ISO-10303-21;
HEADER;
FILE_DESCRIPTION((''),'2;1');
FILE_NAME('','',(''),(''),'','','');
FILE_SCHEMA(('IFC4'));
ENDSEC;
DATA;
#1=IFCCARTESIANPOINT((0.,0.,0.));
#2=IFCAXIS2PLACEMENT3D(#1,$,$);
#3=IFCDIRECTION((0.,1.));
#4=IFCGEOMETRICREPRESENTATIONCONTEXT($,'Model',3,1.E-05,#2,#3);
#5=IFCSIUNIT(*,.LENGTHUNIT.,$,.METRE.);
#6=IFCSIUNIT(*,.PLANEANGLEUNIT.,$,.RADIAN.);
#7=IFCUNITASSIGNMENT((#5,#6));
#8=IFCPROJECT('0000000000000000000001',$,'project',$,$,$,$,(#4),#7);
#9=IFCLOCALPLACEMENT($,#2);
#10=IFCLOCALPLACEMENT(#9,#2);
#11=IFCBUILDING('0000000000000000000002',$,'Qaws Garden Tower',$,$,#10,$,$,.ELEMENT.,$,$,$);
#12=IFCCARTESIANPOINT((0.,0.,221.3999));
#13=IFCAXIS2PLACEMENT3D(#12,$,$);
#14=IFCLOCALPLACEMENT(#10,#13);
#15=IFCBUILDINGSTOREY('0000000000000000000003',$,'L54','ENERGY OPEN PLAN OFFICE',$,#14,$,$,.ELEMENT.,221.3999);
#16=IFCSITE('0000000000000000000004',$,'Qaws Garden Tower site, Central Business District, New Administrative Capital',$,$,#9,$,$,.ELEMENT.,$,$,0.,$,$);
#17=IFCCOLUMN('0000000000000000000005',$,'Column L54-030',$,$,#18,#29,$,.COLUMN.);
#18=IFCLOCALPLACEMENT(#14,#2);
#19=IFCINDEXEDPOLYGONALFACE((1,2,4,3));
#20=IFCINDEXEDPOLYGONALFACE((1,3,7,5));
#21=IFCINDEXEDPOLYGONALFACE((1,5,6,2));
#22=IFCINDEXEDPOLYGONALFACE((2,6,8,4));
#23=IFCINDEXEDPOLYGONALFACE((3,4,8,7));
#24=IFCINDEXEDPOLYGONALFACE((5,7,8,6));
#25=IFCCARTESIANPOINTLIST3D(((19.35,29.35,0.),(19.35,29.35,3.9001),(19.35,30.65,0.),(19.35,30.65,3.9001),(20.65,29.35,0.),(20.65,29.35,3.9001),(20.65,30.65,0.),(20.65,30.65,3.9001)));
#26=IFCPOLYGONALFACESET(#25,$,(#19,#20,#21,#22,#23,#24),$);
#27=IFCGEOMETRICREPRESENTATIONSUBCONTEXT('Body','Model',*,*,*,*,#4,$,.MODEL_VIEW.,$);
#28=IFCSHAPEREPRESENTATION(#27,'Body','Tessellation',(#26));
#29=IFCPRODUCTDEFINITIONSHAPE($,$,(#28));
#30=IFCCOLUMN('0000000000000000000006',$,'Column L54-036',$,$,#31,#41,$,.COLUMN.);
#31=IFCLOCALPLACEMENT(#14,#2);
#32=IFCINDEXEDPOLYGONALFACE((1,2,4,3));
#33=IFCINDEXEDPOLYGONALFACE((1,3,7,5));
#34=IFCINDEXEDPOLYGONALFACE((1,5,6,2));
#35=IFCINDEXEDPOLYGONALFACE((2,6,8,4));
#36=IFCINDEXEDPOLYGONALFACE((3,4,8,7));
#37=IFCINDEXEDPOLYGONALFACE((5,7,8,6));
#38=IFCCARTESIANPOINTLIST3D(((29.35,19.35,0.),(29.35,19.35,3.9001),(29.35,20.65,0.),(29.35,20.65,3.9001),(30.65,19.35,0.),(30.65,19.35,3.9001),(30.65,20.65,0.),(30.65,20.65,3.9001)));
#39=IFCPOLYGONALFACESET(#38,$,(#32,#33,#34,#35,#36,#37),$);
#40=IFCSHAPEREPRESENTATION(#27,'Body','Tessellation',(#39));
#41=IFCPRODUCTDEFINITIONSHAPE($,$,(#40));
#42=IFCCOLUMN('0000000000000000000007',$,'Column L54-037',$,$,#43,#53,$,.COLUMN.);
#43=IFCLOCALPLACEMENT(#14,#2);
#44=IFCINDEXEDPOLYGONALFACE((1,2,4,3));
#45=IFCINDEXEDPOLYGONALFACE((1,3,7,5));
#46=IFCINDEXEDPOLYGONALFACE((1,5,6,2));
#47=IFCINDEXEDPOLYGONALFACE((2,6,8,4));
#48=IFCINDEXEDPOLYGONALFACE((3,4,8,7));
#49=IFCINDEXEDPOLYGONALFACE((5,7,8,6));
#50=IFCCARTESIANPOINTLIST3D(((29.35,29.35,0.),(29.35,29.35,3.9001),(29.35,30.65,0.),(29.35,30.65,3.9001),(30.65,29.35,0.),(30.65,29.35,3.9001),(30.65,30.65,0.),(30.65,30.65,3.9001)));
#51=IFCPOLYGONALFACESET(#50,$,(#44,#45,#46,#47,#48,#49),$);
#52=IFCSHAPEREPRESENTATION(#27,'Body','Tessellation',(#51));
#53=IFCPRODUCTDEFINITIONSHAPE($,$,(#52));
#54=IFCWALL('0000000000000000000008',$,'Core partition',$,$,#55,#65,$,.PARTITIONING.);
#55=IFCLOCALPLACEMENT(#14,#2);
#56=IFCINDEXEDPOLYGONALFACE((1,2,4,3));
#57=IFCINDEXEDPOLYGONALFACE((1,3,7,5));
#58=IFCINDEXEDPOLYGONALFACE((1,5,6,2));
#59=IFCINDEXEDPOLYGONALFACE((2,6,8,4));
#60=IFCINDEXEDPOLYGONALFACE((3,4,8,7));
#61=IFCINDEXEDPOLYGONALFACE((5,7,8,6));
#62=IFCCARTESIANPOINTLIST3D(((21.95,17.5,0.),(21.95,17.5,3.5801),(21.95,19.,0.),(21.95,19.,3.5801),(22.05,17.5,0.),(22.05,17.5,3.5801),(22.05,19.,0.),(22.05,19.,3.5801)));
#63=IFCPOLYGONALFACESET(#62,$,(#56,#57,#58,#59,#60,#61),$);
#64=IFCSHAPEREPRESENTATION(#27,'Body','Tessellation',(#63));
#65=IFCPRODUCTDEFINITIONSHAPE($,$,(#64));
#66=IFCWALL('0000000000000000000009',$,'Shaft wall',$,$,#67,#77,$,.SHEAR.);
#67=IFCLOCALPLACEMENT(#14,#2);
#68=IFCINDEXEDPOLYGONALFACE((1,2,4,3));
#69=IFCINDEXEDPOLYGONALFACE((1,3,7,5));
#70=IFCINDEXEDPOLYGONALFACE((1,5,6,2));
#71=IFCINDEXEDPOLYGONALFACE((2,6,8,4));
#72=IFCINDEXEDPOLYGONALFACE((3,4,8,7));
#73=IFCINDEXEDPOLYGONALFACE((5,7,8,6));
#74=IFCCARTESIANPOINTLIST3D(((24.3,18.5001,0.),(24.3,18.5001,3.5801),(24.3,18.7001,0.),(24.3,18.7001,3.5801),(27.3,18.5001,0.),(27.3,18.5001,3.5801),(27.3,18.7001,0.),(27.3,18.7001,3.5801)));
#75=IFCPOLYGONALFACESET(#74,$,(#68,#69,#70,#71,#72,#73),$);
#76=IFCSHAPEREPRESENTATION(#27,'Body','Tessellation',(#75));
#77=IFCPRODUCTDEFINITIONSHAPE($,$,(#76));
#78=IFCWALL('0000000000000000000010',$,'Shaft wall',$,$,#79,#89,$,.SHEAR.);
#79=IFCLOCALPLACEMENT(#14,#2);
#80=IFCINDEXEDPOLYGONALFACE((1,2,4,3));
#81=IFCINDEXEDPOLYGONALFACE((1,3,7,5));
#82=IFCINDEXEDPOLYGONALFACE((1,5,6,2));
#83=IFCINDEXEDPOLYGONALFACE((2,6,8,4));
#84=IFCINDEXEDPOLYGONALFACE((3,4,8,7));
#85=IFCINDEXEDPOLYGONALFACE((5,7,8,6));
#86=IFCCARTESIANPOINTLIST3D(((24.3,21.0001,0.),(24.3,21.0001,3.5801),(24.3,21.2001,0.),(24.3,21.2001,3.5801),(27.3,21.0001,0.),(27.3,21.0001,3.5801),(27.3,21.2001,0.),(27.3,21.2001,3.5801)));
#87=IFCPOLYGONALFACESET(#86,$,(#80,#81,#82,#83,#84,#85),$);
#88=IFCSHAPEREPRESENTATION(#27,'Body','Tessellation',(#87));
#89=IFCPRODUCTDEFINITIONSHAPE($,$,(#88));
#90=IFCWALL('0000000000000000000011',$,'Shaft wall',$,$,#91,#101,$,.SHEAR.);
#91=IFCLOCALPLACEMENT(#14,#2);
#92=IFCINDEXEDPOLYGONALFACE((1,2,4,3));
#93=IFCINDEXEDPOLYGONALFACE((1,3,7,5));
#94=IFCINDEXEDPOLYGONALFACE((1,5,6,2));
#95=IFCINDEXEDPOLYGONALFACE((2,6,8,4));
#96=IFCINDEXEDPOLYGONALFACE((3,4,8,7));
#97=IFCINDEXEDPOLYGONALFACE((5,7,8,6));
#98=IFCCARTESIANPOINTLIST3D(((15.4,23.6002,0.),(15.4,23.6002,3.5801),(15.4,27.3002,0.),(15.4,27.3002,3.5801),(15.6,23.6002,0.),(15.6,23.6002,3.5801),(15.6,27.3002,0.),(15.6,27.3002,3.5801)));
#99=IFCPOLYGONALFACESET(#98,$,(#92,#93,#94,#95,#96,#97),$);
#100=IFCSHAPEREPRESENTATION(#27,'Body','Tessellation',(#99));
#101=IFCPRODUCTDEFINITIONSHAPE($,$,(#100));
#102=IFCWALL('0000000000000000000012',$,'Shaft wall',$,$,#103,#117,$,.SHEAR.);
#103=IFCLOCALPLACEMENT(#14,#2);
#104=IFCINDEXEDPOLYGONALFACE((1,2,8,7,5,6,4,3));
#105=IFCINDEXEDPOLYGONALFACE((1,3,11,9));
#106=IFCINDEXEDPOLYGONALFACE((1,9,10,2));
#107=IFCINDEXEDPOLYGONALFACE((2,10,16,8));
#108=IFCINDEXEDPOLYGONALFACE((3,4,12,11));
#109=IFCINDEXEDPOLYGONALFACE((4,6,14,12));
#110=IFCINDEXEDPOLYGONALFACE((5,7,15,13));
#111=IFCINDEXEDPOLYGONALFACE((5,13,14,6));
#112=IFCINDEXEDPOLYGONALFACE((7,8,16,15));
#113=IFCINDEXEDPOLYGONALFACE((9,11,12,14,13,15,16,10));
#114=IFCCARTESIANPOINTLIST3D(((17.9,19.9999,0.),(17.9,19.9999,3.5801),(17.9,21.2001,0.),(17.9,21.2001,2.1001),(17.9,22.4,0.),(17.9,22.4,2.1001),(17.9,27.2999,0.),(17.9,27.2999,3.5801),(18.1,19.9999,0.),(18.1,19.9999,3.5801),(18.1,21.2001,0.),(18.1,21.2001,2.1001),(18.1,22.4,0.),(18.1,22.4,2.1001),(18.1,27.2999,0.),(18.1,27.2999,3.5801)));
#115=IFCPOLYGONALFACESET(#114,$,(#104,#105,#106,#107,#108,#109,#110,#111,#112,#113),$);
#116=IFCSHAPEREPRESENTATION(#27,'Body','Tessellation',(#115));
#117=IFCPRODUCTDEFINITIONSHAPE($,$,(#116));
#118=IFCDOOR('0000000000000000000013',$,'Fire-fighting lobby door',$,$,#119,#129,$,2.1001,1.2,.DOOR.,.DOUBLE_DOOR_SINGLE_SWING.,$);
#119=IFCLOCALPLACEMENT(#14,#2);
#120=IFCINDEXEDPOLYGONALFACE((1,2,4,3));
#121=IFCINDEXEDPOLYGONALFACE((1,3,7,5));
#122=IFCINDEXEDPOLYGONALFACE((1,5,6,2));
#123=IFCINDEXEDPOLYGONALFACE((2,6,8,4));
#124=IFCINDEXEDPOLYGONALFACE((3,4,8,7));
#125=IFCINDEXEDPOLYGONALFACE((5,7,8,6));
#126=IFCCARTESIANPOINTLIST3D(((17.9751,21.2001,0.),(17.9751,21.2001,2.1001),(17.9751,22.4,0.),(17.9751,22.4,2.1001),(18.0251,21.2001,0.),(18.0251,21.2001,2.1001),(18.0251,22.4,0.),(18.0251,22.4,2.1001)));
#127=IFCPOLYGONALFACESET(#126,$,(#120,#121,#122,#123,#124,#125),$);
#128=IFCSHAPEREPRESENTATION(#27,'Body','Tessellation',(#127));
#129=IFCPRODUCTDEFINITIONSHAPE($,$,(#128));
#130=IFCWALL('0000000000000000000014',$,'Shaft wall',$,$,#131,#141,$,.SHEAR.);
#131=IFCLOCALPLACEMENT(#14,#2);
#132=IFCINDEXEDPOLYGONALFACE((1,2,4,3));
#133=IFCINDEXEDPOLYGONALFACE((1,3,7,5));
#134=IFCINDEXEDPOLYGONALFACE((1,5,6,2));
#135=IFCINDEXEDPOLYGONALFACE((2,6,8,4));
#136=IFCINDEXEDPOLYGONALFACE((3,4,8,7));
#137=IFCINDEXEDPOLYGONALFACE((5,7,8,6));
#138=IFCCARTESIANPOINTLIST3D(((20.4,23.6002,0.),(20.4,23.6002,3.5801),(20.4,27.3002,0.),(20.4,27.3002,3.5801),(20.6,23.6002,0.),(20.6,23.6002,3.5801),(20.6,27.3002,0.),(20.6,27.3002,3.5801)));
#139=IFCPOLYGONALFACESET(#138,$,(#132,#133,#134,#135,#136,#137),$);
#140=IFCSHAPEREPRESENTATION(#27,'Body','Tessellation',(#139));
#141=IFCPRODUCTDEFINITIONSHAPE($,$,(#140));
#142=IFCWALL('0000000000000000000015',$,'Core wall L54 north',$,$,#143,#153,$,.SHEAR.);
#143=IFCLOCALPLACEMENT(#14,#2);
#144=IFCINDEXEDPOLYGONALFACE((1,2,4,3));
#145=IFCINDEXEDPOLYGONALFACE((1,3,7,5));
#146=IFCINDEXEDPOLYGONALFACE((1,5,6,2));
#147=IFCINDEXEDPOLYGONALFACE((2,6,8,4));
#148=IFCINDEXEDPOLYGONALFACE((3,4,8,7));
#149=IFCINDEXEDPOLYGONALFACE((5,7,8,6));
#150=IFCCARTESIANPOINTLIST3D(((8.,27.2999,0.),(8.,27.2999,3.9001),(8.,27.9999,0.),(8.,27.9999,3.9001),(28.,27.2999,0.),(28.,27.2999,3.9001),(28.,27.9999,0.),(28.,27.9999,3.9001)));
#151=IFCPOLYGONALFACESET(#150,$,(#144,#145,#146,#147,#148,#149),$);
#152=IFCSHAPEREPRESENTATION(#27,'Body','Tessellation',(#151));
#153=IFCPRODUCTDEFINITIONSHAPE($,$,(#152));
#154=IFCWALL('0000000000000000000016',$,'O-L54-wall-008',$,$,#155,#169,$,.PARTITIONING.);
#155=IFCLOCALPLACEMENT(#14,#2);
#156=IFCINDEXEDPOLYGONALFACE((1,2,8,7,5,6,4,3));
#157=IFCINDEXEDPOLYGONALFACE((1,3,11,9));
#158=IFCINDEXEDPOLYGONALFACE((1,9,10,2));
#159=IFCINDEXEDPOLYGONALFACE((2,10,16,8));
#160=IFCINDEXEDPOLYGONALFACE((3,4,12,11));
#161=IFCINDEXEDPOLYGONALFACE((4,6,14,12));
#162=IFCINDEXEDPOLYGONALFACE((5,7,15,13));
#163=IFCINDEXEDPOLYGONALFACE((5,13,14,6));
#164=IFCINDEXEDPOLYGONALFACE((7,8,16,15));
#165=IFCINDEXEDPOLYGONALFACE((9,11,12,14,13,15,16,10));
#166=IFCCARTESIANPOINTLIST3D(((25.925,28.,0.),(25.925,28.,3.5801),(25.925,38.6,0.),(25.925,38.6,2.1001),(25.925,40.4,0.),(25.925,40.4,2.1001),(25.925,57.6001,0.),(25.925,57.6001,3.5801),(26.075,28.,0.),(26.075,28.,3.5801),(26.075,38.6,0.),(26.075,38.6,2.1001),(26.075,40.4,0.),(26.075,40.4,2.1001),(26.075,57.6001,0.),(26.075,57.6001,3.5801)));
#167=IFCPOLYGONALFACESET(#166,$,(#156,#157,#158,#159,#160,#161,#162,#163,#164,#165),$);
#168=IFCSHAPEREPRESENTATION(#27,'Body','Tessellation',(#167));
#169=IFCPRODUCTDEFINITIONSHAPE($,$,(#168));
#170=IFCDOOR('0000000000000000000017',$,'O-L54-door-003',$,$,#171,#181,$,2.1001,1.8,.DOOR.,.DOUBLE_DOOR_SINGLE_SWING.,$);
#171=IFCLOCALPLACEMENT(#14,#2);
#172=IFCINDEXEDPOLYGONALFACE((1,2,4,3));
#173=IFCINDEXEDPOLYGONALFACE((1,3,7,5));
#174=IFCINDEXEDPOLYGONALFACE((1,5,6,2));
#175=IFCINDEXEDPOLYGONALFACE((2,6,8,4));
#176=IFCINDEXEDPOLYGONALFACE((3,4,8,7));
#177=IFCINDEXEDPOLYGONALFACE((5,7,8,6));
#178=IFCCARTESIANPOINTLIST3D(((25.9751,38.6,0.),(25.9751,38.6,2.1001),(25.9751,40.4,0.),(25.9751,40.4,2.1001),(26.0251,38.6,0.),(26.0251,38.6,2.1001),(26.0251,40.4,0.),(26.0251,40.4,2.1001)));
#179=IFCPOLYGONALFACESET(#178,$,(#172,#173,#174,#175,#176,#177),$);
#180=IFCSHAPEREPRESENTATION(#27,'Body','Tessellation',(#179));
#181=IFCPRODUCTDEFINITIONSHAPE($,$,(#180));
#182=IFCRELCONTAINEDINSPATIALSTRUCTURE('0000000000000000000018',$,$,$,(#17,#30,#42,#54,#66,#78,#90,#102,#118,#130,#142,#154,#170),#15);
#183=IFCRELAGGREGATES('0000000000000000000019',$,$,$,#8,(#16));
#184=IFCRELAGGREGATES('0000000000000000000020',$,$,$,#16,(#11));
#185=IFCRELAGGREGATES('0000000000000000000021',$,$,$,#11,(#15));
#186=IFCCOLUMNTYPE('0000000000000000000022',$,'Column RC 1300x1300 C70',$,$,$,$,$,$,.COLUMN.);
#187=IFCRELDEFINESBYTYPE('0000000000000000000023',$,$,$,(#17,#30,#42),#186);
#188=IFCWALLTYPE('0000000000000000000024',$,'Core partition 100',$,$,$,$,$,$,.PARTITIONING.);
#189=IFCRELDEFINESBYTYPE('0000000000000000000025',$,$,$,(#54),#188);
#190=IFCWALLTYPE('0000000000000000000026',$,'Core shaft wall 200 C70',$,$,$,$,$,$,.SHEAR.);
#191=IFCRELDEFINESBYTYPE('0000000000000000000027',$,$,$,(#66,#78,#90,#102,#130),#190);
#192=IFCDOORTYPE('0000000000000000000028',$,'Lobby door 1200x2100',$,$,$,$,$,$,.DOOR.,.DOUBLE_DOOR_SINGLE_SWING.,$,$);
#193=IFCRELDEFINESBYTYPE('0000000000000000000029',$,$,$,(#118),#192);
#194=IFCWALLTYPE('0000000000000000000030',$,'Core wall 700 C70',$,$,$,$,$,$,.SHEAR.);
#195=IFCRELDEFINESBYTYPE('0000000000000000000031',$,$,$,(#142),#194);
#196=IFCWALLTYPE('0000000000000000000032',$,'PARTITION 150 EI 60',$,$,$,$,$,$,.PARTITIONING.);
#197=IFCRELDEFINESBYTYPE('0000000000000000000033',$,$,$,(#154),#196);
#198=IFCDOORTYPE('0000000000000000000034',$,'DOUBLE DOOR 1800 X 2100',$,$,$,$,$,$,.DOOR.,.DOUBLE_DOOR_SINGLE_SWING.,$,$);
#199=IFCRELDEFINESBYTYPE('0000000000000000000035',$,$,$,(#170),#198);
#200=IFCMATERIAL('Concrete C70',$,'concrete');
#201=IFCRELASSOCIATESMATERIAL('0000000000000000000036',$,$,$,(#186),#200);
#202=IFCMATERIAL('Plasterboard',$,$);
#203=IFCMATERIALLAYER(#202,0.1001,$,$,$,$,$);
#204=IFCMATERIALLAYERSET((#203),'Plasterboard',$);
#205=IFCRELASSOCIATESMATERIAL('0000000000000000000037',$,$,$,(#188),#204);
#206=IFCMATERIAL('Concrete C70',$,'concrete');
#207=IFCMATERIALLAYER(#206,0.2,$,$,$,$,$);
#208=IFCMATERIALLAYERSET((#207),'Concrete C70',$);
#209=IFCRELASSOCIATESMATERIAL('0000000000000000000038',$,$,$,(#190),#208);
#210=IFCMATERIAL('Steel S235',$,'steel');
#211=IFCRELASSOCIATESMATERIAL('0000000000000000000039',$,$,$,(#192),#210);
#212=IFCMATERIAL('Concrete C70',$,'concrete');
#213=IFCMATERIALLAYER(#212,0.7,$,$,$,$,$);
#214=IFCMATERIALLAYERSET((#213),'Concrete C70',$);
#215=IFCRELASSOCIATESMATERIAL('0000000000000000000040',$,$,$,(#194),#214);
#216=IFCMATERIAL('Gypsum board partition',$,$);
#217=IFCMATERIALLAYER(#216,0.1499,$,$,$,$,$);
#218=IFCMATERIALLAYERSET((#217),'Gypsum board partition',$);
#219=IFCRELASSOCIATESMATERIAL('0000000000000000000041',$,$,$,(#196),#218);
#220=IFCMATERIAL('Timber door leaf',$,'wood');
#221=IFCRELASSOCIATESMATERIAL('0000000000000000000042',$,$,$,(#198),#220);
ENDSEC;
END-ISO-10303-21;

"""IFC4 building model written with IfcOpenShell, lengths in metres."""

from ifc_helpers import new_model, si_unit, direction, frame, frame_2d, origin, origin_2d, place, context, subcontext, project, spatial, rectangle, extrude, material, layer, layer_set, material_profile, profile_set, type_object, element, fill, save


model = new_model("IFC4")

# Units and contexts
model_context = context("Model", 3, precision=1e-05, world=origin(), true_north=direction((0.0, 1.0)))
body_context = subcontext(model_context, "Body", "Model", "MODEL_VIEW")
ifc_project = project(units=[si_unit("LENGTHUNIT", "METRE"), si_unit("PLANEANGLEUNIT", "RADIAN")], contexts=[model_context])

# Site, building, storey
site_placement = place(None, origin())
site = spatial("IfcSite", under=ifc_project, at=site_placement, Name="Qaws Garden Tower site, Central Business District, New Administrative Capital", CompositionType="ELEMENT", RefElevation=0.0)
building_placement = place(site_placement, origin())
building = spatial("IfcBuilding", under=site, at=building_placement, Name="Qaws Garden Tower", CompositionType="ELEMENT")
storey_placement = place(building_placement, frame((0.0, 0.0, 221.3999)))
storey = spatial("IfcBuildingStorey", under=building, at=storey_placement, Name="L54", Description="ENERGY OPEN PLAN OFFICE", CompositionType="ELEMENT", Elevation=221.3999)

# Columns
ifc_material_1 = material(Name="Concrete C70", Category="concrete")
ifc_material_profile = material_profile(ifc_material_1, rectangle(XDim=1.3, YDim=1.3, at=origin_2d()), Name="RC 1300x1300")
ifc_profile_set = profile_set([ifc_material_profile], Name="Concrete C70")
column_type = type_object("IfcColumnType", Name="Column RC 1300x1300 C70", PredefinedType="COLUMN", material=ifc_profile_set)
for number, where, z_axis, x_axis, name in (
    (1, (20.0, 30.0, 0.0), (0.0, 0.0, 1.0), (1.0, 0.0, 0.0), "Column L54-030"),
    (2, (30.0, 20.0, 0.0), (0.0, 0.0, 1.0), (1.0, 0.0, 0.0), "Column L54-036"),
    (3, (30.0, 30.0, 0.0), (0.0, 0.0, 1.0), (1.0, 0.0, 0.0), "Column L54-037"),
):
    element("IfcColumn", number, at=place(storey_placement, frame(where, z_axis=z_axis, x_axis=x_axis)), inside=storey, type_object=column_type, Name=name, PredefinedType="COLUMN", context=body_context, shape_type="SweptSolid", body=[
        extrude(rectangle(XDim=1.3, YDim=1.3, at=origin_2d()), origin(), (0.0, 0.0, 1.0), 3.9001),
    ])

# Walls
ifc_material_2 = material(Name="Plasterboard")
ifc_layer_1 = layer(ifc_material_2, 0.1001)
ifc_layer_set_1 = layer_set([ifc_layer_1], Name="Plasterboard")
wall_type_1 = type_object("IfcWallType", Name="Core partition 100", PredefinedType="PARTITIONING", material=ifc_layer_set_1)
wall_1_placement = place(storey_placement, frame((22.0, 17.5, 0.0), z_axis=(0.0, 0.0, 1.0), x_axis=(0.0, 1.0, 0.0)))
element("IfcWall", 4, at=wall_1_placement, inside=storey, type_object=wall_type_1, Name="Core partition", PredefinedType="PARTITIONING", context=body_context, shape_type="SweptSolid", body=[
    extrude(rectangle(XDim=1.5, YDim=0.1001, at=frame_2d((0.75, 0.0))), origin(), (0.0, 0.0, 1.0), 3.5801),
])
ifc_material_3 = material(Name="Concrete C70", Category="concrete")
ifc_layer_2 = layer(ifc_material_3, 0.2)
ifc_layer_set_2 = layer_set([ifc_layer_2], Name="Concrete C70")
wall_type_2 = type_object("IfcWallType", Name="Core shaft wall 200 C70", PredefinedType="SHEAR", material=ifc_layer_set_2)
for number, where, z_axis, x_axis, name in (
    (5, (24.3, 18.6001, 0.0), (0.0, 0.0, 1.0), (1.0, 0.0, 0.0), "Shaft wall"),
    (6, (24.3, 21.1001, 0.0), (0.0, 0.0, 1.0), (1.0, 0.0, 0.0), "Shaft wall"),
):
    element("IfcWall", number, at=place(storey_placement, frame(where, z_axis=z_axis, x_axis=x_axis)), inside=storey, type_object=wall_type_2, Name=name, PredefinedType="SHEAR", context=body_context, shape_type="SweptSolid", body=[
        extrude(rectangle(XDim=3.0, YDim=0.2, at=frame_2d((1.5, 0.0))), origin(), (0.0, 0.0, 1.0), 3.5801),
    ])
wall_2_placement = place(storey_placement, frame((15.5, 23.6001, 0.0), z_axis=(0.0, 0.0, 1.0), x_axis=(0.0, 1.0, 0.0)))
element("IfcWall", 7, at=wall_2_placement, inside=storey, type_object=wall_type_2, Name="Shaft wall", PredefinedType="SHEAR", context=body_context, shape_type="SweptSolid", body=[
    extrude(rectangle(XDim=3.7, YDim=0.2, at=frame_2d((1.8501, 0.0))), origin(), (0.0, 0.0, 1.0), 3.5801),
])

# Wall, opening, door
wall_3_placement = place(storey_placement, frame((18.0, 20.0, 0.0), z_axis=(0.0, 0.0, 1.0), x_axis=(0.0, 1.0, 0.0)))
wall_3 = element("IfcWall", 8, at=wall_3_placement, inside=storey, type_object=wall_type_2, Name="Shaft wall", PredefinedType="SHEAR", context=body_context, shape_type="SweptSolid", body=[
    extrude(rectangle(XDim=7.3, YDim=0.2, at=frame_2d((3.6499, 0.0))), origin(), (0.0, 0.0, 1.0), 3.5801),
])
opening_1_placement = place(wall_3_placement, frame((1.2, 0.0, 0.0)))
opening_1 = element("IfcOpeningElement", 9, at=opening_1_placement, cuts=wall_3, PredefinedType="OPENING", context=body_context, shape_type="SweptSolid", body=[
    extrude(rectangle(XDim=1.2, YDim=2.1001, at=frame_2d((0.6001, 1.05))), frame((0.0, 0.1099, 0.0), z_axis=(0.0, -1.0, 0.0), x_axis=(1.0, 0.0, 0.0)), (0.0, 0.0, 1.0), 0.22),
])
ifc_material_4 = material(Name="Steel S235", Category="steel")
door_type_1 = type_object("IfcDoorType", Name="Lobby door 1200x2100", OperationType="DOUBLE_DOOR_SINGLE_SWING", PredefinedType="DOOR", material=ifc_material_4)
door_1_placement = place(opening_1_placement, origin())
door_1 = element("IfcDoor", 10, at=door_1_placement, inside=storey, type_object=door_type_1, Name="Fire-fighting lobby door", OperationType="DOUBLE_DOOR_SINGLE_SWING", OverallHeight=2.1001, OverallWidth=1.2, PredefinedType="DOOR", context=body_context, shape_type="SweptSolid", body=[
    extrude(rectangle(XDim=1.2, YDim=2.1001, at=frame_2d((0.6001, 1.05))), frame((0.0, 0.0249, 0.0), z_axis=(0.0, -1.0, 0.0), x_axis=(1.0, 0.0, 0.0)), (0.0, 0.0, 1.0), 0.05),
])
fill(opening_1, door_1)

# Walls
wall_4_placement = place(storey_placement, frame((20.5, 23.6001, 0.0), z_axis=(0.0, 0.0, 1.0), x_axis=(0.0, 1.0, 0.0)))
element("IfcWall", 11, at=wall_4_placement, inside=storey, type_object=wall_type_2, Name="Shaft wall", PredefinedType="SHEAR", context=body_context, shape_type="SweptSolid", body=[
    extrude(rectangle(XDim=3.7, YDim=0.2, at=frame_2d((1.8501, 0.0))), origin(), (0.0, 0.0, 1.0), 3.5801),
])
ifc_material_5 = material(Name="Concrete C70", Category="concrete")
ifc_layer_3 = layer(ifc_material_5, 0.7)
ifc_layer_set_3 = layer_set([ifc_layer_3], Name="Concrete C70")
wall_type_3 = type_object("IfcWallType", Name="Core wall 700 C70", PredefinedType="SHEAR", material=ifc_layer_set_3)
wall_5_placement = place(storey_placement, frame((28.0, 27.6499, 0.0), z_axis=(0.0, 0.0, 1.0), x_axis=(-1.0, 0.0, 0.0)))
element("IfcWall", 12, at=wall_5_placement, inside=storey, type_object=wall_type_3, Name="Core wall L54 north", PredefinedType="SHEAR", context=body_context, shape_type="SweptSolid", body=[
    extrude(rectangle(XDim=20.0, YDim=0.7, at=frame_2d((10.0, 0.0))), origin(), (0.0, 0.0, 1.0), 3.9001),
])

# Wall, opening, door
ifc_material_6 = material(Name="Gypsum board partition")
ifc_layer_4 = layer(ifc_material_6, 0.1499)
ifc_layer_set_4 = layer_set([ifc_layer_4], Name="Gypsum board partition")
wall_type_4 = type_object("IfcWallType", Name="PARTITION 150 EI 60", PredefinedType="PARTITIONING", material=ifc_layer_set_4)
wall_6_placement = place(storey_placement, frame((26.0, 28.0, 0.0), z_axis=(0.0, 0.0, 1.0), x_axis=(0.0, 1.0, 0.0)))
wall_6 = element("IfcWall", 13, at=wall_6_placement, inside=storey, type_object=wall_type_4, Name="O-L54-wall-008", PredefinedType="PARTITIONING", context=body_context, shape_type="SweptSolid", body=[
    extrude(rectangle(XDim=29.6001, YDim=0.1499, at=frame_2d((14.8, 0.0))), origin(), (0.0, 0.0, 1.0), 3.5801),
])
opening_2_placement = place(wall_6_placement, frame((10.6001, 0.0, 0.0)))
opening_2 = element("IfcOpeningElement", 14, at=opening_2_placement, cuts=wall_6, PredefinedType="OPENING", context=body_context, shape_type="SweptSolid", body=[
    extrude(rectangle(XDim=1.8, YDim=2.1001, at=frame_2d((0.8999, 1.05))), frame((0.0, 0.085, 0.0), z_axis=(0.0, -1.0, 0.0), x_axis=(1.0, 0.0, 0.0)), (0.0, 0.0, 1.0), 0.1699),
])
ifc_material_7 = material(Name="Timber door leaf", Category="wood")
door_type_2 = type_object("IfcDoorType", Name="DOUBLE DOOR 1800 X 2100", OperationType="DOUBLE_DOOR_SINGLE_SWING", PredefinedType="DOOR", material=ifc_material_7)
door_2_placement = place(opening_2_placement, origin())
door_2 = element("IfcDoor", 15, at=door_2_placement, inside=storey, type_object=door_type_2, Name="O-L54-door-003", OperationType="DOUBLE_DOOR_SINGLE_SWING", OverallHeight=2.1001, OverallWidth=1.8, PredefinedType="DOOR", context=body_context, shape_type="SweptSolid", body=[
    extrude(rectangle(XDim=1.8, YDim=2.1001, at=frame_2d((0.8999, 1.05))), frame((0.0, 0.0249, 0.0), z_axis=(0.0, -1.0, 0.0), x_axis=(1.0, 0.0, 0.0)), (0.0, 0.0, 1.0), 0.05),
])
fill(opening_2, door_2)

save(model, "model.ifc")
